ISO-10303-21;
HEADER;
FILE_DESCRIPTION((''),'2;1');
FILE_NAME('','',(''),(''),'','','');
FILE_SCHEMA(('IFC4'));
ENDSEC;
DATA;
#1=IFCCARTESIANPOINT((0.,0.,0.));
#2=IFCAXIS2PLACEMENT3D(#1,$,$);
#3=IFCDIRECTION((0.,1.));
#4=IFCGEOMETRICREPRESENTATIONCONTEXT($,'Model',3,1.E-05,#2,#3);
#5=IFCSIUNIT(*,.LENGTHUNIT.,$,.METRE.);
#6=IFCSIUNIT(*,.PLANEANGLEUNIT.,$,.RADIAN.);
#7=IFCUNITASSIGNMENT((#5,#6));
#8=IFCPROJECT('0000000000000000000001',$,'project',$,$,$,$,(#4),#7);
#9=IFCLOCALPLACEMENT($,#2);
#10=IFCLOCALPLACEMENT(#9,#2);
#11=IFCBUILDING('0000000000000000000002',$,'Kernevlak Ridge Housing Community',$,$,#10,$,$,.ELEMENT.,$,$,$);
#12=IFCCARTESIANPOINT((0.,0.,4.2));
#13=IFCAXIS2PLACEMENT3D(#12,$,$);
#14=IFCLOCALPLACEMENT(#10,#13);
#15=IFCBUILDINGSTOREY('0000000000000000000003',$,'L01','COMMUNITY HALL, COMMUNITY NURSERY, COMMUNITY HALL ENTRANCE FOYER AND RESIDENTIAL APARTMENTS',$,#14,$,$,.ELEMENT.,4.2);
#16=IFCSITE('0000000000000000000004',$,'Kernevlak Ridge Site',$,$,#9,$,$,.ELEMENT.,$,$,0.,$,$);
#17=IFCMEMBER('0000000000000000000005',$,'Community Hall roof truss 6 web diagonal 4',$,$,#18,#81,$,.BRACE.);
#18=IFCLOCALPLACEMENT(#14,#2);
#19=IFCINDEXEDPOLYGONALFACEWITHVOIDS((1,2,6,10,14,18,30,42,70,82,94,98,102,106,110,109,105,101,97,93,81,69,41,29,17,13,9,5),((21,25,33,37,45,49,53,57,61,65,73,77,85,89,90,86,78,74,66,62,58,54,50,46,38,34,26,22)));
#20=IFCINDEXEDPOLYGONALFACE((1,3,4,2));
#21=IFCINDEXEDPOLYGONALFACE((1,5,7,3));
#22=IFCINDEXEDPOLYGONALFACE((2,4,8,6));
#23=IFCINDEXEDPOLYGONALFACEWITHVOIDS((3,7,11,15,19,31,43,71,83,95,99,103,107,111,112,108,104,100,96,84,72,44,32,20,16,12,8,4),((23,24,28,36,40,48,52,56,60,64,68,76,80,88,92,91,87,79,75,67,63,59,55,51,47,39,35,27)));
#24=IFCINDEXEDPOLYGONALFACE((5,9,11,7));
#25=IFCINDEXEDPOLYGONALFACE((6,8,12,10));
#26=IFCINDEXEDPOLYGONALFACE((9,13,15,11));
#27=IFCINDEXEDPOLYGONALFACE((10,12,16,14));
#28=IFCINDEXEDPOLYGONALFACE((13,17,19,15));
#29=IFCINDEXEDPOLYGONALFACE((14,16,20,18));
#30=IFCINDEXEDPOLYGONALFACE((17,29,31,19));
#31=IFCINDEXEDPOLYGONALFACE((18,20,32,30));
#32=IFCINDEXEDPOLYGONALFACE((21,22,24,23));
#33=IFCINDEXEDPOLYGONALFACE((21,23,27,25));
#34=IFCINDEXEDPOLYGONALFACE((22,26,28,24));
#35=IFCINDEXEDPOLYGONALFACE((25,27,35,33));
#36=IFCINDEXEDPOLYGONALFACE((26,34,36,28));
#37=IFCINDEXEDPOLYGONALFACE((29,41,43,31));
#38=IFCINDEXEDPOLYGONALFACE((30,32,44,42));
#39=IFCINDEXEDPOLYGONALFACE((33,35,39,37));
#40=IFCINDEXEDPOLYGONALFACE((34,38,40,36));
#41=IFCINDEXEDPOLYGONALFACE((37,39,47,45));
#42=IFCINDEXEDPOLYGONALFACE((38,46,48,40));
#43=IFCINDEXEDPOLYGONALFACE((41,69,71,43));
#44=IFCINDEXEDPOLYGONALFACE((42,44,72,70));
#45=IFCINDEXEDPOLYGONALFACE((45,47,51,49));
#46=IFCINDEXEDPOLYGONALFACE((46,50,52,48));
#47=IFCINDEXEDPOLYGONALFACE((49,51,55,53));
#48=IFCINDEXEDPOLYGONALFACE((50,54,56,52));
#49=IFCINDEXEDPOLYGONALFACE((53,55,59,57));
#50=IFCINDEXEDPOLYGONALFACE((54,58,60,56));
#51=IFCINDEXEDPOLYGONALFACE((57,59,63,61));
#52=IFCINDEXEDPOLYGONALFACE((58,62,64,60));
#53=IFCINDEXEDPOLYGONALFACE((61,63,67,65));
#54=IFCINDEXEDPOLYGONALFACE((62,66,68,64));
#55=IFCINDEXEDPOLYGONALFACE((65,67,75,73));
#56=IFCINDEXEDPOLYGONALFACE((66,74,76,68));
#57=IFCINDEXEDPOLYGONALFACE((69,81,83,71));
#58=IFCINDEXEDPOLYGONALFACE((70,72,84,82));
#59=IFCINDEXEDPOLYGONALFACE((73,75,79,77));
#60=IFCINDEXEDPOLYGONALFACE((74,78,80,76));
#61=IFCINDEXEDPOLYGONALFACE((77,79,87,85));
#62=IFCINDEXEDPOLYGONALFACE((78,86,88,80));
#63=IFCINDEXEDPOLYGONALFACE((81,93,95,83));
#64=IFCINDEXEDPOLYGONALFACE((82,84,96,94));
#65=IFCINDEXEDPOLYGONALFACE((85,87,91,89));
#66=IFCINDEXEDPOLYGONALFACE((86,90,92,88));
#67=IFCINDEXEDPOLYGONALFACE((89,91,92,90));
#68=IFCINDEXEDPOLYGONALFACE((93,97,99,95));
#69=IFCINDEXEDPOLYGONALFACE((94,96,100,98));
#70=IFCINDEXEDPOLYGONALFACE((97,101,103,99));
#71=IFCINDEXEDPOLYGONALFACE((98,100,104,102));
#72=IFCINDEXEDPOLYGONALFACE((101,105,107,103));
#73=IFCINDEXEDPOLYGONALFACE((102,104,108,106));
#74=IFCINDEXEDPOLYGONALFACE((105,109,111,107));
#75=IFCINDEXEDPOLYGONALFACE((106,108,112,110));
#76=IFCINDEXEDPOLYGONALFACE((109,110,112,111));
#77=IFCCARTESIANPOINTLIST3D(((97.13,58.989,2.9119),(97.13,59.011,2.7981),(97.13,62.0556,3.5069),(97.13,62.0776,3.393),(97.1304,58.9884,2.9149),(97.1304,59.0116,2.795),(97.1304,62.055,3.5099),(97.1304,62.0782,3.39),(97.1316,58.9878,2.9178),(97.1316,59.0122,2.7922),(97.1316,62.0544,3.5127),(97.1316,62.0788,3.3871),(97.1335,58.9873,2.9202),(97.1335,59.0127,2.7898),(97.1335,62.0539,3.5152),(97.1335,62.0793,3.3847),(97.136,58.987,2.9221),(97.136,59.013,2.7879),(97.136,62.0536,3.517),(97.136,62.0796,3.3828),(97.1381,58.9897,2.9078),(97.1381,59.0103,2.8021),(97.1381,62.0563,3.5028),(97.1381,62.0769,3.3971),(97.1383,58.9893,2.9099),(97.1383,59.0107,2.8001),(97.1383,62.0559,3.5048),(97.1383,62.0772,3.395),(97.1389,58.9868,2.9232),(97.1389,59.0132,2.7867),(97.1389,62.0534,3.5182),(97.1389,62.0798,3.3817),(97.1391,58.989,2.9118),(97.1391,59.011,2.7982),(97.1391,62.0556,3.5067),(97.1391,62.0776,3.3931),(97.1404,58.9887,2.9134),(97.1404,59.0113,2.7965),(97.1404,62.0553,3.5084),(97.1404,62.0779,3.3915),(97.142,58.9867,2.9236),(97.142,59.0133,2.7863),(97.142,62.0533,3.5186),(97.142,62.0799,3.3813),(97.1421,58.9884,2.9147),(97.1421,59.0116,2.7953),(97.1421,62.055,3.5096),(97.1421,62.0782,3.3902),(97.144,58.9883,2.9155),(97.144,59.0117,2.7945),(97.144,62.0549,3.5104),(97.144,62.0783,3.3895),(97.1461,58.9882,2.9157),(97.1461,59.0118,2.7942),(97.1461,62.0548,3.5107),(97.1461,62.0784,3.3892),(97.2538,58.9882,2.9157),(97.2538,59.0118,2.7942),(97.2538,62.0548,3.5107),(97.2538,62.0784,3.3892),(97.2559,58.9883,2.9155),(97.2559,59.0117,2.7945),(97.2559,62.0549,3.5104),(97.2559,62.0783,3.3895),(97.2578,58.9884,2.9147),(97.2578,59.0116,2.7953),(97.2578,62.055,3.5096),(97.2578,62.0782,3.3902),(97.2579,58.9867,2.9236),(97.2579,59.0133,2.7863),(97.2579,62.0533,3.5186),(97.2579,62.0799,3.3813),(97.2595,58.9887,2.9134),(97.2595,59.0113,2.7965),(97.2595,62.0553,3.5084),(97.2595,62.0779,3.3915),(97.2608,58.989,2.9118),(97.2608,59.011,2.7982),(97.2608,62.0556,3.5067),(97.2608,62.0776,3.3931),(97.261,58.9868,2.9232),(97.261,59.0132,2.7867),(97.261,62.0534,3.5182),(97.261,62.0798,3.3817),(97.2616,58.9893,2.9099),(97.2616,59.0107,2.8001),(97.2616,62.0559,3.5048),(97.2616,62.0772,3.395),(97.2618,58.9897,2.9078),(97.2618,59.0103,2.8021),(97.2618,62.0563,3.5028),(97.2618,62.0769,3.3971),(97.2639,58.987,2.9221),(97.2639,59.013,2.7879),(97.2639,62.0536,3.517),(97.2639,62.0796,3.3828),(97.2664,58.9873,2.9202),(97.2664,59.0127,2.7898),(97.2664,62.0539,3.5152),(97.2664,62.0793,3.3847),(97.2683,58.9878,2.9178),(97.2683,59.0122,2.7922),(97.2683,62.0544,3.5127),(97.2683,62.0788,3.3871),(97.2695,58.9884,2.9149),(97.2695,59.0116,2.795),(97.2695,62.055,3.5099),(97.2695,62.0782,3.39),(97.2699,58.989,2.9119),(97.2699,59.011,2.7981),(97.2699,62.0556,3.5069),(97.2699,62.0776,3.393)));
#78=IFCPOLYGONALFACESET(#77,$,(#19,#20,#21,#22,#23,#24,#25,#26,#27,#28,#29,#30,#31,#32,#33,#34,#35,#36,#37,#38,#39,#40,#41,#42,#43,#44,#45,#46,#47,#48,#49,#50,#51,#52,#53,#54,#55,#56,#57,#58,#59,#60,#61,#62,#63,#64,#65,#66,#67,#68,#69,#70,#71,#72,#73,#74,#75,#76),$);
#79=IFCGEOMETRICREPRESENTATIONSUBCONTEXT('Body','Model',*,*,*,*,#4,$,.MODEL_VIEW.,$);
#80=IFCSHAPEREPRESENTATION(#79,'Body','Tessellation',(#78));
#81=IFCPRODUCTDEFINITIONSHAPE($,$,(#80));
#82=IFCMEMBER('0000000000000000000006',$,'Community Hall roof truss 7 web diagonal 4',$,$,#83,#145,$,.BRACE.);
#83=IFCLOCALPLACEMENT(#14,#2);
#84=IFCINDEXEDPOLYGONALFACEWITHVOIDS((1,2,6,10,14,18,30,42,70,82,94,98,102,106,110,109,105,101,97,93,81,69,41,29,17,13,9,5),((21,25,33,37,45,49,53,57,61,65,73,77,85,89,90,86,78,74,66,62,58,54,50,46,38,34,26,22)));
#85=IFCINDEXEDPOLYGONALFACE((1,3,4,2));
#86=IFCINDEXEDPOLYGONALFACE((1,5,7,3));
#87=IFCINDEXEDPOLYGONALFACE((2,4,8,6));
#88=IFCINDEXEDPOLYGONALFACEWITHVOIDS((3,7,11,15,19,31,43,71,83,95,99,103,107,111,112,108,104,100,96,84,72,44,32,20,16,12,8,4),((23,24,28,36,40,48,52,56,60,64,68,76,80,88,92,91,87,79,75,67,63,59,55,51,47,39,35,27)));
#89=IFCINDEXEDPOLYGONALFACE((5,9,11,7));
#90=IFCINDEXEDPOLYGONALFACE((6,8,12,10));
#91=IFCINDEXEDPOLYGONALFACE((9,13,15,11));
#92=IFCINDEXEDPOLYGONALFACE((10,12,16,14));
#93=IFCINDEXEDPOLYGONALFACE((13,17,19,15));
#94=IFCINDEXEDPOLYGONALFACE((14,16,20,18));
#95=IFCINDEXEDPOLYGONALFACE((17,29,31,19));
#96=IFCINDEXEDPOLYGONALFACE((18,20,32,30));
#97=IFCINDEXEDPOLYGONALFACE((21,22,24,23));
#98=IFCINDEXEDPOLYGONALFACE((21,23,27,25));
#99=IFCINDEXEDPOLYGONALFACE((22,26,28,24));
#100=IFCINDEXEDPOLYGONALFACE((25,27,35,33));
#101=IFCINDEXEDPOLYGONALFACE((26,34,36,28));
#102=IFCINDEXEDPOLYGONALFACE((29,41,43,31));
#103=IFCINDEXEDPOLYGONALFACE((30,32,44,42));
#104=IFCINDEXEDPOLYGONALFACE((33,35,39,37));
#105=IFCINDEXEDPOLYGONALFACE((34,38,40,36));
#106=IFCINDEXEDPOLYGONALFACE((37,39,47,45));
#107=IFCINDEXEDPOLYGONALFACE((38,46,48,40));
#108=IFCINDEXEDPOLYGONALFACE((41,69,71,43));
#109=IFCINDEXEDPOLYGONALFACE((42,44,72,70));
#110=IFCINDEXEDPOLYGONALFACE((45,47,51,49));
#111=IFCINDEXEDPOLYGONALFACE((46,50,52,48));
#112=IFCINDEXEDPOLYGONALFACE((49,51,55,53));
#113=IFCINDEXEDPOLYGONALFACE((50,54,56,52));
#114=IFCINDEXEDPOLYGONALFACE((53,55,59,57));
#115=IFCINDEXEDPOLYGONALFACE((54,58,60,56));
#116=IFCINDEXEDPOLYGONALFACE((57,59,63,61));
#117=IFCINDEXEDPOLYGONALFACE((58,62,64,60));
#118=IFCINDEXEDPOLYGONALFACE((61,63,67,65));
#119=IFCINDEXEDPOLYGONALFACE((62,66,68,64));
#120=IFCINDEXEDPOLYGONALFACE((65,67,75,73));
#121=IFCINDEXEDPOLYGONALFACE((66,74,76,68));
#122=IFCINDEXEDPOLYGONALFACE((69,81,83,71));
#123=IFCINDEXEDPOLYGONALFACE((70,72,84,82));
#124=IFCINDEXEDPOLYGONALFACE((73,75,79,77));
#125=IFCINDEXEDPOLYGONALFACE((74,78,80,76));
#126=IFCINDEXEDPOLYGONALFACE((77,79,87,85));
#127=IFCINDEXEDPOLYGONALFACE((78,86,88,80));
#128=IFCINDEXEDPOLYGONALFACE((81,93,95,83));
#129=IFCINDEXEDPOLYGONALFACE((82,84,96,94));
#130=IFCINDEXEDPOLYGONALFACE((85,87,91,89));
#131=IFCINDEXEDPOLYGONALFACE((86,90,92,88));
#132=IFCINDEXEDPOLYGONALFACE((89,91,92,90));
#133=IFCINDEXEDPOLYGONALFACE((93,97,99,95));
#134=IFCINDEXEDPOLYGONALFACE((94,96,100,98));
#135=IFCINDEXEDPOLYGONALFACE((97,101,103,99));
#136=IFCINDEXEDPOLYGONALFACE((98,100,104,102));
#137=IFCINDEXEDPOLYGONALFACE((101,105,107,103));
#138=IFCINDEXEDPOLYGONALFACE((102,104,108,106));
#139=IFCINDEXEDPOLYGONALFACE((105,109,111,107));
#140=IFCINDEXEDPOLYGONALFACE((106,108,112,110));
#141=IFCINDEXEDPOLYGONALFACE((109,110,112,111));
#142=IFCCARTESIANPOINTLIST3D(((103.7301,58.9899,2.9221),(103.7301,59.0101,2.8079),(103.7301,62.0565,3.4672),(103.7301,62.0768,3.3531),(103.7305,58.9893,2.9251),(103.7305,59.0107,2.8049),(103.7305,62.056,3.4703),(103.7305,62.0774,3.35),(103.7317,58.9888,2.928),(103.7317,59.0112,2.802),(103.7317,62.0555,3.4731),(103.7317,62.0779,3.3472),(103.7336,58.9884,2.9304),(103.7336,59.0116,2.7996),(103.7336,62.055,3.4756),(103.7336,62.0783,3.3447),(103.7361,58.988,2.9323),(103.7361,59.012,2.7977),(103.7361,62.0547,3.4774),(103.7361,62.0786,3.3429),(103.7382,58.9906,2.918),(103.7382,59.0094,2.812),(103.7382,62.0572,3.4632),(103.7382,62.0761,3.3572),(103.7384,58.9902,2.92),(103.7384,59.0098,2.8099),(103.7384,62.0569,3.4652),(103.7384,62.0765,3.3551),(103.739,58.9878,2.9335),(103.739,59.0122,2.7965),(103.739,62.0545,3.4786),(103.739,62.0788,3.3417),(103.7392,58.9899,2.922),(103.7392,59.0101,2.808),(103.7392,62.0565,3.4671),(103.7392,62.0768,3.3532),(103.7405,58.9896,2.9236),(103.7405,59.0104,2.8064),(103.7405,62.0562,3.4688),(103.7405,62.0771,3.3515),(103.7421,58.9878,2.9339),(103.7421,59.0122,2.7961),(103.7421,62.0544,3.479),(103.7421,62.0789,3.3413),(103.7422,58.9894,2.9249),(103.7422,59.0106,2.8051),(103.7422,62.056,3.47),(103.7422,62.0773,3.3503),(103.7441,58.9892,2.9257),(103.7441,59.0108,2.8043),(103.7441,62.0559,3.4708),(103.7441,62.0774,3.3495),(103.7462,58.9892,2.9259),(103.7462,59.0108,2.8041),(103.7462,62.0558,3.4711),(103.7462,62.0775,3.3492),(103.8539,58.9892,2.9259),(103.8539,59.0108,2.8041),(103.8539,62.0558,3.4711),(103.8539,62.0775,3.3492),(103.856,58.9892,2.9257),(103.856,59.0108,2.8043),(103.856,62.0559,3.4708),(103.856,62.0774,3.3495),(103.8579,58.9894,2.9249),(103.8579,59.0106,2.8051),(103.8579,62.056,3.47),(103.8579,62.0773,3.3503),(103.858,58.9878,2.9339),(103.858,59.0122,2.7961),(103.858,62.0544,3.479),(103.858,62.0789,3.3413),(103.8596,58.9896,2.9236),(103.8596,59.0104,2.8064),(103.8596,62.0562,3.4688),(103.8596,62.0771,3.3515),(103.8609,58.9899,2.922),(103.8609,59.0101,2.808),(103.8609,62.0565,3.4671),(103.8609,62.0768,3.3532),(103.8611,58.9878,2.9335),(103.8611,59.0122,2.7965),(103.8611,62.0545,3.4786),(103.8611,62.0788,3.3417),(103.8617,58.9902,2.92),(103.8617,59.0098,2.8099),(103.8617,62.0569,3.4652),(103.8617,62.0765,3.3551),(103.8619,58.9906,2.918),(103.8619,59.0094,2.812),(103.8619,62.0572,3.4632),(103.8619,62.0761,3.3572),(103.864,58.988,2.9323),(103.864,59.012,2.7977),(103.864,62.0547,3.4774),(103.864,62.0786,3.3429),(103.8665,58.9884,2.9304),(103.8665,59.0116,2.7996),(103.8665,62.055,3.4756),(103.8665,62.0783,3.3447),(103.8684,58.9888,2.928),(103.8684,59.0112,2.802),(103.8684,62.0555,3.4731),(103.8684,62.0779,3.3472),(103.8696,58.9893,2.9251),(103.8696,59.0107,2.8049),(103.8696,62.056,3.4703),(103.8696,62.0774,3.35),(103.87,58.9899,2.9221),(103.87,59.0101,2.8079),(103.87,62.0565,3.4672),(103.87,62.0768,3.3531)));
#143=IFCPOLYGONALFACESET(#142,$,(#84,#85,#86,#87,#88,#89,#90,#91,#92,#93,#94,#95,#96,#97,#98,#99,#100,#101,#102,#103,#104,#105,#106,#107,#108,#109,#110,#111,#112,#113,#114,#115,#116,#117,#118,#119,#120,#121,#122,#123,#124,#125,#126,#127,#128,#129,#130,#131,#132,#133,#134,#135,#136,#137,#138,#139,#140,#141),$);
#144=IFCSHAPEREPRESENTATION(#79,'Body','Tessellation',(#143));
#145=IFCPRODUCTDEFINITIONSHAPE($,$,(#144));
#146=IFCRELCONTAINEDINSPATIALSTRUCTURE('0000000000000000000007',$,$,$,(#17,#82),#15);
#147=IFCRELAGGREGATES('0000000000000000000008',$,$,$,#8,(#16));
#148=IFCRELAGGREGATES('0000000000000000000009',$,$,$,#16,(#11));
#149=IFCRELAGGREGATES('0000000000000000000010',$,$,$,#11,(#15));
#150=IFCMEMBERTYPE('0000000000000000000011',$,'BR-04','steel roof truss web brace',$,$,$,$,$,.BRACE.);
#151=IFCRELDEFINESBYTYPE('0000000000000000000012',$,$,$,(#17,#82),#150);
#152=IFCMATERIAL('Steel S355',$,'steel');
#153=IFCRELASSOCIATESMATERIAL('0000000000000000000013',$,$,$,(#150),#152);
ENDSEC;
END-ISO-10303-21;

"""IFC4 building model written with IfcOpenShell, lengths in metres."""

from ifc_helpers import new_model, si_unit, direction, frame, origin, origin_2d, place, context, subcontext, project, spatial, hollow_rectangle, extrude, material, material_profile, profile_set, type_object, element, save


model = new_model("IFC4")

# Units and contexts
model_context = context("Model", 3, precision=1e-05, world=origin(), true_north=direction((0.0, 1.0)))
body_context = subcontext(model_context, "Body", "Model", "MODEL_VIEW")
ifc_project = project(units=[si_unit("LENGTHUNIT", "METRE"), si_unit("PLANEANGLEUNIT", "RADIAN")], contexts=[model_context])

# Site, building, storey
site_placement = place(None, origin())
site = spatial("IfcSite", under=ifc_project, at=site_placement, Name="Kernevlak Ridge Site", CompositionType="ELEMENT", RefElevation=0.0)
building_placement = place(site_placement, origin())
building = spatial("IfcBuilding", under=site, at=building_placement, Name="Kernevlak Ridge Housing Community", CompositionType="ELEMENT")
storey_placement = place(building_placement, frame((0.0, 0.0, 4.2)))
storey = spatial("IfcBuildingStorey", under=building, at=storey_placement, Name="L01", Description="COMMUNITY HALL, COMMUNITY NURSERY, COMMUNITY HALL ENTRANCE FOYER AND RESIDENTIAL APARTMENTS", CompositionType="ELEMENT", Elevation=4.2)

# Members
ifc_material_1 = material(Name="Steel S355", Category="steel")
ifc_material_profile_1 = material_profile(ifc_material_1, hollow_rectangle(XDim=0.1399, YDim=0.1399, WallThickness=0.0081, InnerFilletRadius=0.0081, OuterFilletRadius=0.012, at=origin_2d()), Name="SHS 140x140x8")
ifc_profile_set_1 = profile_set([ifc_material_profile_1], Name="Steel S355")
member_type_1 = type_object("IfcMemberType", Name="BR-04", Description="steel roof truss web brace", PredefinedType="BRACE", material=ifc_profile_set_1)
member_1_placement = place(storey_placement, frame((97.2, 59.0, 2.855), z_axis=(0.0, 0.981695, 0.190462), x_axis=(-1.0, 0.0, 0.0)))
element("IfcMember", 1, at=member_1_placement, inside=storey, type_object=member_type_1, Name="Community Hall roof truss 6 web diagonal 4", PredefinedType="BRACE", context=body_context, shape_type="SweptSolid", body=[
    extrude(hollow_rectangle(XDim=0.1399, YDim=0.1399, WallThickness=0.0081, InnerFilletRadius=0.0081, OuterFilletRadius=0.012, at=origin_2d()), origin(), (0.0, 0.0, 1.0), 3.1238),
])
member_2_placement = place(storey_placement, frame((103.8, 59.0, 2.865), z_axis=(0.0, 0.984563, 0.175028), x_axis=(-1.0, 0.0, 0.0)))
element("IfcMember", 2, at=member_2_placement, inside=storey, type_object=member_type_1, Name="Community Hall roof truss 7 web diagonal 4", PredefinedType="BRACE", context=body_context, shape_type="SweptSolid", body=[
    extrude(hollow_rectangle(XDim=0.1399, YDim=0.1399, WallThickness=0.0081, InnerFilletRadius=0.0081, OuterFilletRadius=0.012, at=origin_2d()), origin(), (0.0, 0.0, 1.0), 3.1147),
])

save(model, "model.ifc")
